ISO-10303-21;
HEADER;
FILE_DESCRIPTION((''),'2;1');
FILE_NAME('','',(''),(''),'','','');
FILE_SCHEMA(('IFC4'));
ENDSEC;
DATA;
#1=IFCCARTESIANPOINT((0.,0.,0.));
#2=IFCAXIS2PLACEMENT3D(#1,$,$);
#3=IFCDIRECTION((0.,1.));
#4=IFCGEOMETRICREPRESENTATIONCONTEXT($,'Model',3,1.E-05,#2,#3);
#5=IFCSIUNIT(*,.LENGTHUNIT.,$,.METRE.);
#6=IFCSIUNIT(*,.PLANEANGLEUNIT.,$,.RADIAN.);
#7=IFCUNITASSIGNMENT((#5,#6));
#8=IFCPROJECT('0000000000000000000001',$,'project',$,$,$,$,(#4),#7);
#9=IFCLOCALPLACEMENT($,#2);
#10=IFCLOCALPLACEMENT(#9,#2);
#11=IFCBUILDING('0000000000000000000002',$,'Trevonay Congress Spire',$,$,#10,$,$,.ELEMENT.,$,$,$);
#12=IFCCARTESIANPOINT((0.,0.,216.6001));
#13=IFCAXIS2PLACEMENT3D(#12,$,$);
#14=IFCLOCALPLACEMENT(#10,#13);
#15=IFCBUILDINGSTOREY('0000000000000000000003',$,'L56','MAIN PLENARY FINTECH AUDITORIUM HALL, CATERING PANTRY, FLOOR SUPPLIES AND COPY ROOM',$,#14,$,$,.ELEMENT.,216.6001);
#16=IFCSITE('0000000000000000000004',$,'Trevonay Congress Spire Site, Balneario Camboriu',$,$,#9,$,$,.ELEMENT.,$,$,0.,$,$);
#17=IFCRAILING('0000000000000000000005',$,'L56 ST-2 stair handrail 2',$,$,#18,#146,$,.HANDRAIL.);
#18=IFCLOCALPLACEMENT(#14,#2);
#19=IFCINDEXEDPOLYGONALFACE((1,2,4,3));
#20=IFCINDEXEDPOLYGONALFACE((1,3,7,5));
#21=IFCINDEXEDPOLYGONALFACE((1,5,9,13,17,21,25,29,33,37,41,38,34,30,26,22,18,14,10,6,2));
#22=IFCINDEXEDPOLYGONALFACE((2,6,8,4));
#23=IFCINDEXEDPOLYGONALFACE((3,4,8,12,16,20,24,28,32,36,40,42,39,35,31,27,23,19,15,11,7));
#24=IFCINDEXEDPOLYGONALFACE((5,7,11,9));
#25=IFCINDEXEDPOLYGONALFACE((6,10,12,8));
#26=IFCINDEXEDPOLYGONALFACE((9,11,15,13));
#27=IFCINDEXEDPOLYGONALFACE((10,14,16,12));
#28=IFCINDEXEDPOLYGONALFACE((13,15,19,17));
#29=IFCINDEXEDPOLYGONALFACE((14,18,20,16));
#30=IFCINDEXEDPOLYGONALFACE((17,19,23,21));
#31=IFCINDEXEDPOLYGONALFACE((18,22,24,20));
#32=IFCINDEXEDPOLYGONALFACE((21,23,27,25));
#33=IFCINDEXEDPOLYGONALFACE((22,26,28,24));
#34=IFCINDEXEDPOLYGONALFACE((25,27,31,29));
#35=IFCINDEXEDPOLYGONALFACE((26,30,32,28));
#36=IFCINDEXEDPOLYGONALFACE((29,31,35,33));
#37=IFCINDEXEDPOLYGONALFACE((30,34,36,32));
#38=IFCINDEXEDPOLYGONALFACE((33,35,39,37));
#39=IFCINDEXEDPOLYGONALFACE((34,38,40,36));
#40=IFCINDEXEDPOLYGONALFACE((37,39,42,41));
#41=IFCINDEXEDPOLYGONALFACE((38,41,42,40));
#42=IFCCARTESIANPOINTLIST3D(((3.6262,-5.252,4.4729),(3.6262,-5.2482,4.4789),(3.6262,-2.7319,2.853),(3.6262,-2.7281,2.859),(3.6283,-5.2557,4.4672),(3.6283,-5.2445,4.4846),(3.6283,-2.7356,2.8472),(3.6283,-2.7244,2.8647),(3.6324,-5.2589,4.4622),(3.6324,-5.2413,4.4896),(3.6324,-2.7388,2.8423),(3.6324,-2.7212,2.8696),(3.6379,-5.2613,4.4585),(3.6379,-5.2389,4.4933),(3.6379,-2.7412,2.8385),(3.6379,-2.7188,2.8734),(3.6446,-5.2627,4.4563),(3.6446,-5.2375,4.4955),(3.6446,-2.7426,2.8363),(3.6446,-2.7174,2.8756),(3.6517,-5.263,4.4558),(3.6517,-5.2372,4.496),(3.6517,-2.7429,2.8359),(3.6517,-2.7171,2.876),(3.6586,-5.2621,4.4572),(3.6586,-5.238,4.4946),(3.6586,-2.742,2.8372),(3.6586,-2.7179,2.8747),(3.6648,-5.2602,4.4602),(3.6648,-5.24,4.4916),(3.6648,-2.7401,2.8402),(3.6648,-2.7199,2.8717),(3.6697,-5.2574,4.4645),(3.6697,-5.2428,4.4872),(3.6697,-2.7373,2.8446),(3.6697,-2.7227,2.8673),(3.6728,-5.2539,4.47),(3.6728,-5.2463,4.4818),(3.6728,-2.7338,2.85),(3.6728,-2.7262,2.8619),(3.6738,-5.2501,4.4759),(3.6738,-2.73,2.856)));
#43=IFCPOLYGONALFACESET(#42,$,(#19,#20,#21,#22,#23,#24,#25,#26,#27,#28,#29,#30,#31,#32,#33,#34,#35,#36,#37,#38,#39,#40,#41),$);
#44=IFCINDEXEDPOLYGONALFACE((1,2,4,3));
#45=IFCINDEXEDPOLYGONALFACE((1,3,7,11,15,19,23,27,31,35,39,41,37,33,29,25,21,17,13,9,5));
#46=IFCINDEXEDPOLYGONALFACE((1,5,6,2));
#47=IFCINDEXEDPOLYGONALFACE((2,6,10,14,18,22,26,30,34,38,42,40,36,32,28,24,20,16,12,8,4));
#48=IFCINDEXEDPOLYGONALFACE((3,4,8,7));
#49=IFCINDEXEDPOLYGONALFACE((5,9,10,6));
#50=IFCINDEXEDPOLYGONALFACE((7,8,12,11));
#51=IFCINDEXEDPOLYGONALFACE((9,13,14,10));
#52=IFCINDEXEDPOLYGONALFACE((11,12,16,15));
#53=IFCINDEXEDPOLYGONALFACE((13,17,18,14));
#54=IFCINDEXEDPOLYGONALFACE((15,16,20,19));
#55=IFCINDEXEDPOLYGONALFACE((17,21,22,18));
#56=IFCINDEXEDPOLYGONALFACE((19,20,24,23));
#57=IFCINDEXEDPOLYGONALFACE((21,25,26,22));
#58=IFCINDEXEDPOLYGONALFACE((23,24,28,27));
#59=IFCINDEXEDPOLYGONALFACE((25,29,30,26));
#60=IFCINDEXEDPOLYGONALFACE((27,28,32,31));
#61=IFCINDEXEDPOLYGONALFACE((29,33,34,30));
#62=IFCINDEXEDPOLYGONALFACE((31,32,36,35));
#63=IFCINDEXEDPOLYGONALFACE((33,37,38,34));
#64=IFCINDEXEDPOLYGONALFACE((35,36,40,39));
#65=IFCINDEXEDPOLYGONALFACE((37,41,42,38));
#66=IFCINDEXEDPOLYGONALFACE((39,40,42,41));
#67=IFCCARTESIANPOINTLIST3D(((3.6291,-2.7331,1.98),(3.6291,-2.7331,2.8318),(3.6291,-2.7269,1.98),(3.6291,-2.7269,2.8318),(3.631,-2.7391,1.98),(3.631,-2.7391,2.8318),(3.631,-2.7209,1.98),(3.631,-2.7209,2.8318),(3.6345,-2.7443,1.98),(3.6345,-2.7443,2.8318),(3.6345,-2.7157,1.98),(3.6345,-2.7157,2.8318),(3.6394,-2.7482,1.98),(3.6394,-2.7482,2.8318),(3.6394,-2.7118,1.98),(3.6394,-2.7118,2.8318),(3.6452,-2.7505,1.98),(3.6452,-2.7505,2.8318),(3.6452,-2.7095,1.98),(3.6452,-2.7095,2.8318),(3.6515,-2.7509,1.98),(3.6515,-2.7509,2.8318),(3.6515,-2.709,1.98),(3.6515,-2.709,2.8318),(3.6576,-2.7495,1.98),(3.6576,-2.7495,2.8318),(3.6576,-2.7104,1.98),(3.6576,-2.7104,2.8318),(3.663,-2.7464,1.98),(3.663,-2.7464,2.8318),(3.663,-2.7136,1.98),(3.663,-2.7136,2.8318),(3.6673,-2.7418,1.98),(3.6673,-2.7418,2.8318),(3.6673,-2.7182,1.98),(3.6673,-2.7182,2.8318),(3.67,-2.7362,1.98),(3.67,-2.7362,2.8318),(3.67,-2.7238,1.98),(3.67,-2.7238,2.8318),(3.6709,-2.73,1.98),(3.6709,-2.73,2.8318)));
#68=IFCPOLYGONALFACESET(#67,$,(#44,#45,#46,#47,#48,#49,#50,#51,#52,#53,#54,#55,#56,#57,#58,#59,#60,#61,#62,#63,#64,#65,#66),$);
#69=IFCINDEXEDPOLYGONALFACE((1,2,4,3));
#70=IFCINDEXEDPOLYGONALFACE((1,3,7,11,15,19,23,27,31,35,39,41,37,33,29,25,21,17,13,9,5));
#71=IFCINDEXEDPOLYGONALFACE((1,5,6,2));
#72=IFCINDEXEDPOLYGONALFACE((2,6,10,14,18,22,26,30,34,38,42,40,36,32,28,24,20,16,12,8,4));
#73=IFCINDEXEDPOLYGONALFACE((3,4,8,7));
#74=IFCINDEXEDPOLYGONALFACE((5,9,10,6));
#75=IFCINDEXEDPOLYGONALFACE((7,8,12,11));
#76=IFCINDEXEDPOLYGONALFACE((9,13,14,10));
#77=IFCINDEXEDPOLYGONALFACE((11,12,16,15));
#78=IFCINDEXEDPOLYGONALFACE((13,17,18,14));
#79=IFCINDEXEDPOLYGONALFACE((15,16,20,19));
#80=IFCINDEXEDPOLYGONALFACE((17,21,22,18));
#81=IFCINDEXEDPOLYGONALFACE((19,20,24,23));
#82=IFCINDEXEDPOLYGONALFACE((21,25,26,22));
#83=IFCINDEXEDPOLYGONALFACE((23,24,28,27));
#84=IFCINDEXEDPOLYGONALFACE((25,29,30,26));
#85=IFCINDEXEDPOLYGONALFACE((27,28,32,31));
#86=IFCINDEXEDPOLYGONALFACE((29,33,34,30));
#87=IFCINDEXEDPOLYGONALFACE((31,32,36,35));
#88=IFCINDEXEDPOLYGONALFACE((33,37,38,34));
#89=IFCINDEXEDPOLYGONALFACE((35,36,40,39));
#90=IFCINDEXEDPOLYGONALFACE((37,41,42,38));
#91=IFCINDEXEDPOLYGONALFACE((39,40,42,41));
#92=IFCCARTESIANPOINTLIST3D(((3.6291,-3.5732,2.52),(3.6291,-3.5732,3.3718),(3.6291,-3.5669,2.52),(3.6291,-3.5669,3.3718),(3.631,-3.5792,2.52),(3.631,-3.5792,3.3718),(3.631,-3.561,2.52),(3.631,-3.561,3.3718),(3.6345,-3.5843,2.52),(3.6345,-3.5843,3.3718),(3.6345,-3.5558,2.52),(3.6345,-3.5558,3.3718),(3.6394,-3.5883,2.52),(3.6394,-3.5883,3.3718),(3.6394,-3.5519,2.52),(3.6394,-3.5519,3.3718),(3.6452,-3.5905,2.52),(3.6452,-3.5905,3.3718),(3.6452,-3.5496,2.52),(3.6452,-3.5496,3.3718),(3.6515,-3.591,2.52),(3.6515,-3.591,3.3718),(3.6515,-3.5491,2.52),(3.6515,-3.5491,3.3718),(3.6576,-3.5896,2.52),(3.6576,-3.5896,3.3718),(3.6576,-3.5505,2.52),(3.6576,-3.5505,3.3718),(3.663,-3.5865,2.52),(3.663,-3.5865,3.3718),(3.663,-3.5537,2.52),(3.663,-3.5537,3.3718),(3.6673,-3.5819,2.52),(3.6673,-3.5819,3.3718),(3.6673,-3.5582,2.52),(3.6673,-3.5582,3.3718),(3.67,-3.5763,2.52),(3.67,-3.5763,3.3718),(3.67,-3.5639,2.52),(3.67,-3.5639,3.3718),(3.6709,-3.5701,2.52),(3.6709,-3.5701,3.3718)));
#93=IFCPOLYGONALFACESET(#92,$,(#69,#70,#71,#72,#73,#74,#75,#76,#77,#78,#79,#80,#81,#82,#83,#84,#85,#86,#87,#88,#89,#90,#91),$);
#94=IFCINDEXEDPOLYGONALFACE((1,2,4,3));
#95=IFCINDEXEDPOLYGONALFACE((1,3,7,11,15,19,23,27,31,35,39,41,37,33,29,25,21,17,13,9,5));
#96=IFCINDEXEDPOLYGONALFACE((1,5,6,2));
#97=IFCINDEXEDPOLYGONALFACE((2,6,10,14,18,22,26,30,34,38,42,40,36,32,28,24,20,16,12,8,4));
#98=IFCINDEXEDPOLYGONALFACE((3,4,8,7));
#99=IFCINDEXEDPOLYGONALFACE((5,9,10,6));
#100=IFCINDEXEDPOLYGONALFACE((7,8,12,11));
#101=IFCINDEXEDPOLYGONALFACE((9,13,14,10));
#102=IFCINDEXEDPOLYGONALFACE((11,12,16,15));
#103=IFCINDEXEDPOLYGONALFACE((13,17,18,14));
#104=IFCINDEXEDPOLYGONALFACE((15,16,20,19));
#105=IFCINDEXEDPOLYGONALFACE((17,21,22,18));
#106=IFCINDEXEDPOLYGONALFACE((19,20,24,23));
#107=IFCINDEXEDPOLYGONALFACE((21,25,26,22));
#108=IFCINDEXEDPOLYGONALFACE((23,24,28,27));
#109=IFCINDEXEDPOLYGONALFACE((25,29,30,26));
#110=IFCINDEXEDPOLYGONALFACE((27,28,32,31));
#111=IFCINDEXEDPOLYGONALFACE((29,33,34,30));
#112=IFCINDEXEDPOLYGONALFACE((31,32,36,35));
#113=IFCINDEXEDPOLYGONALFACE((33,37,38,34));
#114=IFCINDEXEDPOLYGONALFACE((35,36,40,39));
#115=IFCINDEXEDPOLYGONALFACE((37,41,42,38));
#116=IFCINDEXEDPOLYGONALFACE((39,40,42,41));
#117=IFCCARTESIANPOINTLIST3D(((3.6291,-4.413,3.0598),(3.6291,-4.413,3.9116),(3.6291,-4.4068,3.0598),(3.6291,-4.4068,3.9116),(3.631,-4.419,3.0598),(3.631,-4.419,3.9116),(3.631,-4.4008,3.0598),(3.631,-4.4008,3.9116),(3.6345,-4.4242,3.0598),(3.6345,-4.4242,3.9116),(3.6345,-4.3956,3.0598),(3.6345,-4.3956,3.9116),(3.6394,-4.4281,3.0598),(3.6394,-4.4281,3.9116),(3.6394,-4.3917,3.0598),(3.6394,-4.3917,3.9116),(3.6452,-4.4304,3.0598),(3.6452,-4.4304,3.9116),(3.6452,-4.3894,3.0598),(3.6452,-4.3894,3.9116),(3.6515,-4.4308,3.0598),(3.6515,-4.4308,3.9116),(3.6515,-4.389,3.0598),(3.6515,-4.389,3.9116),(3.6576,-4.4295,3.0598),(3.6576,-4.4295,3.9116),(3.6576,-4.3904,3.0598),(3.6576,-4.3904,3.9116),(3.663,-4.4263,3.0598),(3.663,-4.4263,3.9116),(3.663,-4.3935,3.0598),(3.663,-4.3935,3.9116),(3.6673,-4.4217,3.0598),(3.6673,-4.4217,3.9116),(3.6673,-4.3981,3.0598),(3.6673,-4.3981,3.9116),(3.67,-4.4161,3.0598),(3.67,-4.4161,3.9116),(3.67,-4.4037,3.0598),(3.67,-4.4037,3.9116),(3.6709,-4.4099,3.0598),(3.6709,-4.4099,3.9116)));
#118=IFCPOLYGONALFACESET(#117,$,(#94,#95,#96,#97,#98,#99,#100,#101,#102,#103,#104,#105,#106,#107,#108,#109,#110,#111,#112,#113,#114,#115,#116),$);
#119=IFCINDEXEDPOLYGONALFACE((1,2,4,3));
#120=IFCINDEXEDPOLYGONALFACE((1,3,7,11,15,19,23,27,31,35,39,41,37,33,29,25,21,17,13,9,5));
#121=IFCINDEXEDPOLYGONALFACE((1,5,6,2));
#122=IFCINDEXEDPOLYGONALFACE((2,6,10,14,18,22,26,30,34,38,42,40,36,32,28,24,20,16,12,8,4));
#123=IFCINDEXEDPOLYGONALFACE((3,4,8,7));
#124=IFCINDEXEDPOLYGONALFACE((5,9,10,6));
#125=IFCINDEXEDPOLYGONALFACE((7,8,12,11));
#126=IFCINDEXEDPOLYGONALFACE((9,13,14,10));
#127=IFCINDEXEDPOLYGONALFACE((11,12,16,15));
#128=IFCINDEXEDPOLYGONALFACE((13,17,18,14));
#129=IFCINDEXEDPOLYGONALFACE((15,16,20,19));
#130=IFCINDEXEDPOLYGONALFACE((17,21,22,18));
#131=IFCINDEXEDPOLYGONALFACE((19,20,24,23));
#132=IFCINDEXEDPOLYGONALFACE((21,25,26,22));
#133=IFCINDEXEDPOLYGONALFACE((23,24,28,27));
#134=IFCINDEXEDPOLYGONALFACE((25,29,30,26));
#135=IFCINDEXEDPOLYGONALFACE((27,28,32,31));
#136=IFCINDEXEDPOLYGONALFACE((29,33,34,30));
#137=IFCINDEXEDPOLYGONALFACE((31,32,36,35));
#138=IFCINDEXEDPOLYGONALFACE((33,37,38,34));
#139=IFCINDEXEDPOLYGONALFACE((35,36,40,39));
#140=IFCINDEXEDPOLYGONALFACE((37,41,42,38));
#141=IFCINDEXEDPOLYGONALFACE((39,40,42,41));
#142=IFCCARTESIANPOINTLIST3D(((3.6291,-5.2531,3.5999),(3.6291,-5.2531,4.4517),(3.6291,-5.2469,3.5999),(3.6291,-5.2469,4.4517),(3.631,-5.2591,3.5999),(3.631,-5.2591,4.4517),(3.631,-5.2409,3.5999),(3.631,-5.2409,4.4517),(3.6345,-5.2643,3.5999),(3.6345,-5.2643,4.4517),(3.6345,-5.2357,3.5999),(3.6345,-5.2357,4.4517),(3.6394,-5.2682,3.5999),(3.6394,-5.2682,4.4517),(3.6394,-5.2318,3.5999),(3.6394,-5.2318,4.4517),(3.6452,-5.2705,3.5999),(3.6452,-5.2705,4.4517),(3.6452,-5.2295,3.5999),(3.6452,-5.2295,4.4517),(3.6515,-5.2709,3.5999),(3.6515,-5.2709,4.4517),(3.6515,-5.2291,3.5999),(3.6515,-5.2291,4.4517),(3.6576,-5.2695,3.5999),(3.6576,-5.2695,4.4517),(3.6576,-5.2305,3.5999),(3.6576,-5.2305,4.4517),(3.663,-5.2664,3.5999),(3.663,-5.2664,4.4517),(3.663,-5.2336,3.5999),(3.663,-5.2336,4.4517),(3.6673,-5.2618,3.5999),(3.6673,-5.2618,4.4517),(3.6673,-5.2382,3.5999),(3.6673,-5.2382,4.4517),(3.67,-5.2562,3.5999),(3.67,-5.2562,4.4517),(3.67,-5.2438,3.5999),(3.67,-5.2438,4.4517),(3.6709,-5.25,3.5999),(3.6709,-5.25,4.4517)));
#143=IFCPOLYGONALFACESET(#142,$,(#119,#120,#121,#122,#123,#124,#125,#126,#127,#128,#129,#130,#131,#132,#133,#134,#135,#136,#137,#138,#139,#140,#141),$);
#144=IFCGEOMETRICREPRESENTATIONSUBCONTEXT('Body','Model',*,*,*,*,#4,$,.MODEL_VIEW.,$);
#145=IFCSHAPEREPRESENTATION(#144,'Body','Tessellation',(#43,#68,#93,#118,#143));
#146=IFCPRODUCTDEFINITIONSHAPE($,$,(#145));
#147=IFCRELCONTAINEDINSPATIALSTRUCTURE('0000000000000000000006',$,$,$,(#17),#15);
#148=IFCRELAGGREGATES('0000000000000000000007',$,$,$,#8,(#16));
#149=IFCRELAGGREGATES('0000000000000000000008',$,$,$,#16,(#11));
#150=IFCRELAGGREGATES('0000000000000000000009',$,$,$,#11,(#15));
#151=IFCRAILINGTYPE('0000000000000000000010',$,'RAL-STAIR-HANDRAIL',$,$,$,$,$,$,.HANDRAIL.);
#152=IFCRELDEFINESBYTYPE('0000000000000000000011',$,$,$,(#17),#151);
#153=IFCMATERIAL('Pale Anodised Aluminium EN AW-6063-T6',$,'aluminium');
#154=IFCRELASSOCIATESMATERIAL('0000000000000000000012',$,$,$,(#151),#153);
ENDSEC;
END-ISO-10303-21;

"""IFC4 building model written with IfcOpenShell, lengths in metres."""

from ifc_helpers import new_model, si_unit, direction, frame, origin, origin_2d, place, context, subcontext, project, spatial, circle, extrude, material, type_object, element, save


model = new_model("IFC4")

# Units and contexts
model_context = context("Model", 3, precision=1e-05, world=origin(), true_north=direction((0.0, 1.0)))
body_context = subcontext(model_context, "Body", "Model", "MODEL_VIEW")
ifc_project = project(units=[si_unit("LENGTHUNIT", "METRE"), si_unit("PLANEANGLEUNIT", "RADIAN")], contexts=[model_context])

# Site, building, storey
site_placement = place(None, origin())
site = spatial("IfcSite", under=ifc_project, at=site_placement, Name="Trevonay Congress Spire Site, Balneario Camboriu", CompositionType="ELEMENT", RefElevation=0.0)
building_placement = place(site_placement, origin())
building = spatial("IfcBuilding", under=site, at=building_placement, Name="Trevonay Congress Spire", CompositionType="ELEMENT")
storey_placement = place(building_placement, frame((0.0, 0.0, 216.6001)))
storey = spatial("IfcBuildingStorey", under=building, at=storey_placement, Name="L56", Description="MAIN PLENARY FINTECH AUDITORIUM HALL, CATERING PANTRY, FLOOR SUPPLIES AND COPY ROOM", CompositionType="ELEMENT", Elevation=216.6001)

# Railing
ifc_material_1 = material(Name="Pale Anodised Aluminium EN AW-6063-T6", Category="aluminium")
railing_type_1 = type_object("IfcRailingType", Name="RAL-STAIR-HANDRAIL", PredefinedType="HANDRAIL", material=ifc_material_1)
railing_1_placement = place(storey_placement, frame((3.6499, -2.73, 1.98)))
element("IfcRailing", 1, at=railing_1_placement, inside=storey, type_object=railing_type_1, Name="L56 ST-2 stair handrail 2", PredefinedType="HANDRAIL", context=body_context, shape_type="SweptSolid", body=[
    extrude(circle(Radius=0.0239, at=origin_2d()), frame((0.0, 0.0, 0.876), z_axis=(0.0, -0.8412, 0.540725), x_axis=(1.0, 0.0, 0.0)), (0.0, 0.0, 1.0), 2.9958),
    extrude(circle(Radius=0.021, at=origin_2d()), origin(), (0.0, 0.0, 1.0), 0.8518),
    extrude(circle(Radius=0.021, at=origin_2d()), frame((0.0, -0.8401, 0.54)), (0.0, 0.0, 1.0), 0.8518),
    extrude(circle(Radius=0.021, at=origin_2d()), frame((0.0, -1.6799, 1.0798)), (0.0, 0.0, 1.0), 0.8518),
    extrude(circle(Radius=0.021, at=origin_2d()), frame((0.0, -2.52, 1.6199)), (0.0, 0.0, 1.0), 0.8518),
])

save(model, "model.ifc")
